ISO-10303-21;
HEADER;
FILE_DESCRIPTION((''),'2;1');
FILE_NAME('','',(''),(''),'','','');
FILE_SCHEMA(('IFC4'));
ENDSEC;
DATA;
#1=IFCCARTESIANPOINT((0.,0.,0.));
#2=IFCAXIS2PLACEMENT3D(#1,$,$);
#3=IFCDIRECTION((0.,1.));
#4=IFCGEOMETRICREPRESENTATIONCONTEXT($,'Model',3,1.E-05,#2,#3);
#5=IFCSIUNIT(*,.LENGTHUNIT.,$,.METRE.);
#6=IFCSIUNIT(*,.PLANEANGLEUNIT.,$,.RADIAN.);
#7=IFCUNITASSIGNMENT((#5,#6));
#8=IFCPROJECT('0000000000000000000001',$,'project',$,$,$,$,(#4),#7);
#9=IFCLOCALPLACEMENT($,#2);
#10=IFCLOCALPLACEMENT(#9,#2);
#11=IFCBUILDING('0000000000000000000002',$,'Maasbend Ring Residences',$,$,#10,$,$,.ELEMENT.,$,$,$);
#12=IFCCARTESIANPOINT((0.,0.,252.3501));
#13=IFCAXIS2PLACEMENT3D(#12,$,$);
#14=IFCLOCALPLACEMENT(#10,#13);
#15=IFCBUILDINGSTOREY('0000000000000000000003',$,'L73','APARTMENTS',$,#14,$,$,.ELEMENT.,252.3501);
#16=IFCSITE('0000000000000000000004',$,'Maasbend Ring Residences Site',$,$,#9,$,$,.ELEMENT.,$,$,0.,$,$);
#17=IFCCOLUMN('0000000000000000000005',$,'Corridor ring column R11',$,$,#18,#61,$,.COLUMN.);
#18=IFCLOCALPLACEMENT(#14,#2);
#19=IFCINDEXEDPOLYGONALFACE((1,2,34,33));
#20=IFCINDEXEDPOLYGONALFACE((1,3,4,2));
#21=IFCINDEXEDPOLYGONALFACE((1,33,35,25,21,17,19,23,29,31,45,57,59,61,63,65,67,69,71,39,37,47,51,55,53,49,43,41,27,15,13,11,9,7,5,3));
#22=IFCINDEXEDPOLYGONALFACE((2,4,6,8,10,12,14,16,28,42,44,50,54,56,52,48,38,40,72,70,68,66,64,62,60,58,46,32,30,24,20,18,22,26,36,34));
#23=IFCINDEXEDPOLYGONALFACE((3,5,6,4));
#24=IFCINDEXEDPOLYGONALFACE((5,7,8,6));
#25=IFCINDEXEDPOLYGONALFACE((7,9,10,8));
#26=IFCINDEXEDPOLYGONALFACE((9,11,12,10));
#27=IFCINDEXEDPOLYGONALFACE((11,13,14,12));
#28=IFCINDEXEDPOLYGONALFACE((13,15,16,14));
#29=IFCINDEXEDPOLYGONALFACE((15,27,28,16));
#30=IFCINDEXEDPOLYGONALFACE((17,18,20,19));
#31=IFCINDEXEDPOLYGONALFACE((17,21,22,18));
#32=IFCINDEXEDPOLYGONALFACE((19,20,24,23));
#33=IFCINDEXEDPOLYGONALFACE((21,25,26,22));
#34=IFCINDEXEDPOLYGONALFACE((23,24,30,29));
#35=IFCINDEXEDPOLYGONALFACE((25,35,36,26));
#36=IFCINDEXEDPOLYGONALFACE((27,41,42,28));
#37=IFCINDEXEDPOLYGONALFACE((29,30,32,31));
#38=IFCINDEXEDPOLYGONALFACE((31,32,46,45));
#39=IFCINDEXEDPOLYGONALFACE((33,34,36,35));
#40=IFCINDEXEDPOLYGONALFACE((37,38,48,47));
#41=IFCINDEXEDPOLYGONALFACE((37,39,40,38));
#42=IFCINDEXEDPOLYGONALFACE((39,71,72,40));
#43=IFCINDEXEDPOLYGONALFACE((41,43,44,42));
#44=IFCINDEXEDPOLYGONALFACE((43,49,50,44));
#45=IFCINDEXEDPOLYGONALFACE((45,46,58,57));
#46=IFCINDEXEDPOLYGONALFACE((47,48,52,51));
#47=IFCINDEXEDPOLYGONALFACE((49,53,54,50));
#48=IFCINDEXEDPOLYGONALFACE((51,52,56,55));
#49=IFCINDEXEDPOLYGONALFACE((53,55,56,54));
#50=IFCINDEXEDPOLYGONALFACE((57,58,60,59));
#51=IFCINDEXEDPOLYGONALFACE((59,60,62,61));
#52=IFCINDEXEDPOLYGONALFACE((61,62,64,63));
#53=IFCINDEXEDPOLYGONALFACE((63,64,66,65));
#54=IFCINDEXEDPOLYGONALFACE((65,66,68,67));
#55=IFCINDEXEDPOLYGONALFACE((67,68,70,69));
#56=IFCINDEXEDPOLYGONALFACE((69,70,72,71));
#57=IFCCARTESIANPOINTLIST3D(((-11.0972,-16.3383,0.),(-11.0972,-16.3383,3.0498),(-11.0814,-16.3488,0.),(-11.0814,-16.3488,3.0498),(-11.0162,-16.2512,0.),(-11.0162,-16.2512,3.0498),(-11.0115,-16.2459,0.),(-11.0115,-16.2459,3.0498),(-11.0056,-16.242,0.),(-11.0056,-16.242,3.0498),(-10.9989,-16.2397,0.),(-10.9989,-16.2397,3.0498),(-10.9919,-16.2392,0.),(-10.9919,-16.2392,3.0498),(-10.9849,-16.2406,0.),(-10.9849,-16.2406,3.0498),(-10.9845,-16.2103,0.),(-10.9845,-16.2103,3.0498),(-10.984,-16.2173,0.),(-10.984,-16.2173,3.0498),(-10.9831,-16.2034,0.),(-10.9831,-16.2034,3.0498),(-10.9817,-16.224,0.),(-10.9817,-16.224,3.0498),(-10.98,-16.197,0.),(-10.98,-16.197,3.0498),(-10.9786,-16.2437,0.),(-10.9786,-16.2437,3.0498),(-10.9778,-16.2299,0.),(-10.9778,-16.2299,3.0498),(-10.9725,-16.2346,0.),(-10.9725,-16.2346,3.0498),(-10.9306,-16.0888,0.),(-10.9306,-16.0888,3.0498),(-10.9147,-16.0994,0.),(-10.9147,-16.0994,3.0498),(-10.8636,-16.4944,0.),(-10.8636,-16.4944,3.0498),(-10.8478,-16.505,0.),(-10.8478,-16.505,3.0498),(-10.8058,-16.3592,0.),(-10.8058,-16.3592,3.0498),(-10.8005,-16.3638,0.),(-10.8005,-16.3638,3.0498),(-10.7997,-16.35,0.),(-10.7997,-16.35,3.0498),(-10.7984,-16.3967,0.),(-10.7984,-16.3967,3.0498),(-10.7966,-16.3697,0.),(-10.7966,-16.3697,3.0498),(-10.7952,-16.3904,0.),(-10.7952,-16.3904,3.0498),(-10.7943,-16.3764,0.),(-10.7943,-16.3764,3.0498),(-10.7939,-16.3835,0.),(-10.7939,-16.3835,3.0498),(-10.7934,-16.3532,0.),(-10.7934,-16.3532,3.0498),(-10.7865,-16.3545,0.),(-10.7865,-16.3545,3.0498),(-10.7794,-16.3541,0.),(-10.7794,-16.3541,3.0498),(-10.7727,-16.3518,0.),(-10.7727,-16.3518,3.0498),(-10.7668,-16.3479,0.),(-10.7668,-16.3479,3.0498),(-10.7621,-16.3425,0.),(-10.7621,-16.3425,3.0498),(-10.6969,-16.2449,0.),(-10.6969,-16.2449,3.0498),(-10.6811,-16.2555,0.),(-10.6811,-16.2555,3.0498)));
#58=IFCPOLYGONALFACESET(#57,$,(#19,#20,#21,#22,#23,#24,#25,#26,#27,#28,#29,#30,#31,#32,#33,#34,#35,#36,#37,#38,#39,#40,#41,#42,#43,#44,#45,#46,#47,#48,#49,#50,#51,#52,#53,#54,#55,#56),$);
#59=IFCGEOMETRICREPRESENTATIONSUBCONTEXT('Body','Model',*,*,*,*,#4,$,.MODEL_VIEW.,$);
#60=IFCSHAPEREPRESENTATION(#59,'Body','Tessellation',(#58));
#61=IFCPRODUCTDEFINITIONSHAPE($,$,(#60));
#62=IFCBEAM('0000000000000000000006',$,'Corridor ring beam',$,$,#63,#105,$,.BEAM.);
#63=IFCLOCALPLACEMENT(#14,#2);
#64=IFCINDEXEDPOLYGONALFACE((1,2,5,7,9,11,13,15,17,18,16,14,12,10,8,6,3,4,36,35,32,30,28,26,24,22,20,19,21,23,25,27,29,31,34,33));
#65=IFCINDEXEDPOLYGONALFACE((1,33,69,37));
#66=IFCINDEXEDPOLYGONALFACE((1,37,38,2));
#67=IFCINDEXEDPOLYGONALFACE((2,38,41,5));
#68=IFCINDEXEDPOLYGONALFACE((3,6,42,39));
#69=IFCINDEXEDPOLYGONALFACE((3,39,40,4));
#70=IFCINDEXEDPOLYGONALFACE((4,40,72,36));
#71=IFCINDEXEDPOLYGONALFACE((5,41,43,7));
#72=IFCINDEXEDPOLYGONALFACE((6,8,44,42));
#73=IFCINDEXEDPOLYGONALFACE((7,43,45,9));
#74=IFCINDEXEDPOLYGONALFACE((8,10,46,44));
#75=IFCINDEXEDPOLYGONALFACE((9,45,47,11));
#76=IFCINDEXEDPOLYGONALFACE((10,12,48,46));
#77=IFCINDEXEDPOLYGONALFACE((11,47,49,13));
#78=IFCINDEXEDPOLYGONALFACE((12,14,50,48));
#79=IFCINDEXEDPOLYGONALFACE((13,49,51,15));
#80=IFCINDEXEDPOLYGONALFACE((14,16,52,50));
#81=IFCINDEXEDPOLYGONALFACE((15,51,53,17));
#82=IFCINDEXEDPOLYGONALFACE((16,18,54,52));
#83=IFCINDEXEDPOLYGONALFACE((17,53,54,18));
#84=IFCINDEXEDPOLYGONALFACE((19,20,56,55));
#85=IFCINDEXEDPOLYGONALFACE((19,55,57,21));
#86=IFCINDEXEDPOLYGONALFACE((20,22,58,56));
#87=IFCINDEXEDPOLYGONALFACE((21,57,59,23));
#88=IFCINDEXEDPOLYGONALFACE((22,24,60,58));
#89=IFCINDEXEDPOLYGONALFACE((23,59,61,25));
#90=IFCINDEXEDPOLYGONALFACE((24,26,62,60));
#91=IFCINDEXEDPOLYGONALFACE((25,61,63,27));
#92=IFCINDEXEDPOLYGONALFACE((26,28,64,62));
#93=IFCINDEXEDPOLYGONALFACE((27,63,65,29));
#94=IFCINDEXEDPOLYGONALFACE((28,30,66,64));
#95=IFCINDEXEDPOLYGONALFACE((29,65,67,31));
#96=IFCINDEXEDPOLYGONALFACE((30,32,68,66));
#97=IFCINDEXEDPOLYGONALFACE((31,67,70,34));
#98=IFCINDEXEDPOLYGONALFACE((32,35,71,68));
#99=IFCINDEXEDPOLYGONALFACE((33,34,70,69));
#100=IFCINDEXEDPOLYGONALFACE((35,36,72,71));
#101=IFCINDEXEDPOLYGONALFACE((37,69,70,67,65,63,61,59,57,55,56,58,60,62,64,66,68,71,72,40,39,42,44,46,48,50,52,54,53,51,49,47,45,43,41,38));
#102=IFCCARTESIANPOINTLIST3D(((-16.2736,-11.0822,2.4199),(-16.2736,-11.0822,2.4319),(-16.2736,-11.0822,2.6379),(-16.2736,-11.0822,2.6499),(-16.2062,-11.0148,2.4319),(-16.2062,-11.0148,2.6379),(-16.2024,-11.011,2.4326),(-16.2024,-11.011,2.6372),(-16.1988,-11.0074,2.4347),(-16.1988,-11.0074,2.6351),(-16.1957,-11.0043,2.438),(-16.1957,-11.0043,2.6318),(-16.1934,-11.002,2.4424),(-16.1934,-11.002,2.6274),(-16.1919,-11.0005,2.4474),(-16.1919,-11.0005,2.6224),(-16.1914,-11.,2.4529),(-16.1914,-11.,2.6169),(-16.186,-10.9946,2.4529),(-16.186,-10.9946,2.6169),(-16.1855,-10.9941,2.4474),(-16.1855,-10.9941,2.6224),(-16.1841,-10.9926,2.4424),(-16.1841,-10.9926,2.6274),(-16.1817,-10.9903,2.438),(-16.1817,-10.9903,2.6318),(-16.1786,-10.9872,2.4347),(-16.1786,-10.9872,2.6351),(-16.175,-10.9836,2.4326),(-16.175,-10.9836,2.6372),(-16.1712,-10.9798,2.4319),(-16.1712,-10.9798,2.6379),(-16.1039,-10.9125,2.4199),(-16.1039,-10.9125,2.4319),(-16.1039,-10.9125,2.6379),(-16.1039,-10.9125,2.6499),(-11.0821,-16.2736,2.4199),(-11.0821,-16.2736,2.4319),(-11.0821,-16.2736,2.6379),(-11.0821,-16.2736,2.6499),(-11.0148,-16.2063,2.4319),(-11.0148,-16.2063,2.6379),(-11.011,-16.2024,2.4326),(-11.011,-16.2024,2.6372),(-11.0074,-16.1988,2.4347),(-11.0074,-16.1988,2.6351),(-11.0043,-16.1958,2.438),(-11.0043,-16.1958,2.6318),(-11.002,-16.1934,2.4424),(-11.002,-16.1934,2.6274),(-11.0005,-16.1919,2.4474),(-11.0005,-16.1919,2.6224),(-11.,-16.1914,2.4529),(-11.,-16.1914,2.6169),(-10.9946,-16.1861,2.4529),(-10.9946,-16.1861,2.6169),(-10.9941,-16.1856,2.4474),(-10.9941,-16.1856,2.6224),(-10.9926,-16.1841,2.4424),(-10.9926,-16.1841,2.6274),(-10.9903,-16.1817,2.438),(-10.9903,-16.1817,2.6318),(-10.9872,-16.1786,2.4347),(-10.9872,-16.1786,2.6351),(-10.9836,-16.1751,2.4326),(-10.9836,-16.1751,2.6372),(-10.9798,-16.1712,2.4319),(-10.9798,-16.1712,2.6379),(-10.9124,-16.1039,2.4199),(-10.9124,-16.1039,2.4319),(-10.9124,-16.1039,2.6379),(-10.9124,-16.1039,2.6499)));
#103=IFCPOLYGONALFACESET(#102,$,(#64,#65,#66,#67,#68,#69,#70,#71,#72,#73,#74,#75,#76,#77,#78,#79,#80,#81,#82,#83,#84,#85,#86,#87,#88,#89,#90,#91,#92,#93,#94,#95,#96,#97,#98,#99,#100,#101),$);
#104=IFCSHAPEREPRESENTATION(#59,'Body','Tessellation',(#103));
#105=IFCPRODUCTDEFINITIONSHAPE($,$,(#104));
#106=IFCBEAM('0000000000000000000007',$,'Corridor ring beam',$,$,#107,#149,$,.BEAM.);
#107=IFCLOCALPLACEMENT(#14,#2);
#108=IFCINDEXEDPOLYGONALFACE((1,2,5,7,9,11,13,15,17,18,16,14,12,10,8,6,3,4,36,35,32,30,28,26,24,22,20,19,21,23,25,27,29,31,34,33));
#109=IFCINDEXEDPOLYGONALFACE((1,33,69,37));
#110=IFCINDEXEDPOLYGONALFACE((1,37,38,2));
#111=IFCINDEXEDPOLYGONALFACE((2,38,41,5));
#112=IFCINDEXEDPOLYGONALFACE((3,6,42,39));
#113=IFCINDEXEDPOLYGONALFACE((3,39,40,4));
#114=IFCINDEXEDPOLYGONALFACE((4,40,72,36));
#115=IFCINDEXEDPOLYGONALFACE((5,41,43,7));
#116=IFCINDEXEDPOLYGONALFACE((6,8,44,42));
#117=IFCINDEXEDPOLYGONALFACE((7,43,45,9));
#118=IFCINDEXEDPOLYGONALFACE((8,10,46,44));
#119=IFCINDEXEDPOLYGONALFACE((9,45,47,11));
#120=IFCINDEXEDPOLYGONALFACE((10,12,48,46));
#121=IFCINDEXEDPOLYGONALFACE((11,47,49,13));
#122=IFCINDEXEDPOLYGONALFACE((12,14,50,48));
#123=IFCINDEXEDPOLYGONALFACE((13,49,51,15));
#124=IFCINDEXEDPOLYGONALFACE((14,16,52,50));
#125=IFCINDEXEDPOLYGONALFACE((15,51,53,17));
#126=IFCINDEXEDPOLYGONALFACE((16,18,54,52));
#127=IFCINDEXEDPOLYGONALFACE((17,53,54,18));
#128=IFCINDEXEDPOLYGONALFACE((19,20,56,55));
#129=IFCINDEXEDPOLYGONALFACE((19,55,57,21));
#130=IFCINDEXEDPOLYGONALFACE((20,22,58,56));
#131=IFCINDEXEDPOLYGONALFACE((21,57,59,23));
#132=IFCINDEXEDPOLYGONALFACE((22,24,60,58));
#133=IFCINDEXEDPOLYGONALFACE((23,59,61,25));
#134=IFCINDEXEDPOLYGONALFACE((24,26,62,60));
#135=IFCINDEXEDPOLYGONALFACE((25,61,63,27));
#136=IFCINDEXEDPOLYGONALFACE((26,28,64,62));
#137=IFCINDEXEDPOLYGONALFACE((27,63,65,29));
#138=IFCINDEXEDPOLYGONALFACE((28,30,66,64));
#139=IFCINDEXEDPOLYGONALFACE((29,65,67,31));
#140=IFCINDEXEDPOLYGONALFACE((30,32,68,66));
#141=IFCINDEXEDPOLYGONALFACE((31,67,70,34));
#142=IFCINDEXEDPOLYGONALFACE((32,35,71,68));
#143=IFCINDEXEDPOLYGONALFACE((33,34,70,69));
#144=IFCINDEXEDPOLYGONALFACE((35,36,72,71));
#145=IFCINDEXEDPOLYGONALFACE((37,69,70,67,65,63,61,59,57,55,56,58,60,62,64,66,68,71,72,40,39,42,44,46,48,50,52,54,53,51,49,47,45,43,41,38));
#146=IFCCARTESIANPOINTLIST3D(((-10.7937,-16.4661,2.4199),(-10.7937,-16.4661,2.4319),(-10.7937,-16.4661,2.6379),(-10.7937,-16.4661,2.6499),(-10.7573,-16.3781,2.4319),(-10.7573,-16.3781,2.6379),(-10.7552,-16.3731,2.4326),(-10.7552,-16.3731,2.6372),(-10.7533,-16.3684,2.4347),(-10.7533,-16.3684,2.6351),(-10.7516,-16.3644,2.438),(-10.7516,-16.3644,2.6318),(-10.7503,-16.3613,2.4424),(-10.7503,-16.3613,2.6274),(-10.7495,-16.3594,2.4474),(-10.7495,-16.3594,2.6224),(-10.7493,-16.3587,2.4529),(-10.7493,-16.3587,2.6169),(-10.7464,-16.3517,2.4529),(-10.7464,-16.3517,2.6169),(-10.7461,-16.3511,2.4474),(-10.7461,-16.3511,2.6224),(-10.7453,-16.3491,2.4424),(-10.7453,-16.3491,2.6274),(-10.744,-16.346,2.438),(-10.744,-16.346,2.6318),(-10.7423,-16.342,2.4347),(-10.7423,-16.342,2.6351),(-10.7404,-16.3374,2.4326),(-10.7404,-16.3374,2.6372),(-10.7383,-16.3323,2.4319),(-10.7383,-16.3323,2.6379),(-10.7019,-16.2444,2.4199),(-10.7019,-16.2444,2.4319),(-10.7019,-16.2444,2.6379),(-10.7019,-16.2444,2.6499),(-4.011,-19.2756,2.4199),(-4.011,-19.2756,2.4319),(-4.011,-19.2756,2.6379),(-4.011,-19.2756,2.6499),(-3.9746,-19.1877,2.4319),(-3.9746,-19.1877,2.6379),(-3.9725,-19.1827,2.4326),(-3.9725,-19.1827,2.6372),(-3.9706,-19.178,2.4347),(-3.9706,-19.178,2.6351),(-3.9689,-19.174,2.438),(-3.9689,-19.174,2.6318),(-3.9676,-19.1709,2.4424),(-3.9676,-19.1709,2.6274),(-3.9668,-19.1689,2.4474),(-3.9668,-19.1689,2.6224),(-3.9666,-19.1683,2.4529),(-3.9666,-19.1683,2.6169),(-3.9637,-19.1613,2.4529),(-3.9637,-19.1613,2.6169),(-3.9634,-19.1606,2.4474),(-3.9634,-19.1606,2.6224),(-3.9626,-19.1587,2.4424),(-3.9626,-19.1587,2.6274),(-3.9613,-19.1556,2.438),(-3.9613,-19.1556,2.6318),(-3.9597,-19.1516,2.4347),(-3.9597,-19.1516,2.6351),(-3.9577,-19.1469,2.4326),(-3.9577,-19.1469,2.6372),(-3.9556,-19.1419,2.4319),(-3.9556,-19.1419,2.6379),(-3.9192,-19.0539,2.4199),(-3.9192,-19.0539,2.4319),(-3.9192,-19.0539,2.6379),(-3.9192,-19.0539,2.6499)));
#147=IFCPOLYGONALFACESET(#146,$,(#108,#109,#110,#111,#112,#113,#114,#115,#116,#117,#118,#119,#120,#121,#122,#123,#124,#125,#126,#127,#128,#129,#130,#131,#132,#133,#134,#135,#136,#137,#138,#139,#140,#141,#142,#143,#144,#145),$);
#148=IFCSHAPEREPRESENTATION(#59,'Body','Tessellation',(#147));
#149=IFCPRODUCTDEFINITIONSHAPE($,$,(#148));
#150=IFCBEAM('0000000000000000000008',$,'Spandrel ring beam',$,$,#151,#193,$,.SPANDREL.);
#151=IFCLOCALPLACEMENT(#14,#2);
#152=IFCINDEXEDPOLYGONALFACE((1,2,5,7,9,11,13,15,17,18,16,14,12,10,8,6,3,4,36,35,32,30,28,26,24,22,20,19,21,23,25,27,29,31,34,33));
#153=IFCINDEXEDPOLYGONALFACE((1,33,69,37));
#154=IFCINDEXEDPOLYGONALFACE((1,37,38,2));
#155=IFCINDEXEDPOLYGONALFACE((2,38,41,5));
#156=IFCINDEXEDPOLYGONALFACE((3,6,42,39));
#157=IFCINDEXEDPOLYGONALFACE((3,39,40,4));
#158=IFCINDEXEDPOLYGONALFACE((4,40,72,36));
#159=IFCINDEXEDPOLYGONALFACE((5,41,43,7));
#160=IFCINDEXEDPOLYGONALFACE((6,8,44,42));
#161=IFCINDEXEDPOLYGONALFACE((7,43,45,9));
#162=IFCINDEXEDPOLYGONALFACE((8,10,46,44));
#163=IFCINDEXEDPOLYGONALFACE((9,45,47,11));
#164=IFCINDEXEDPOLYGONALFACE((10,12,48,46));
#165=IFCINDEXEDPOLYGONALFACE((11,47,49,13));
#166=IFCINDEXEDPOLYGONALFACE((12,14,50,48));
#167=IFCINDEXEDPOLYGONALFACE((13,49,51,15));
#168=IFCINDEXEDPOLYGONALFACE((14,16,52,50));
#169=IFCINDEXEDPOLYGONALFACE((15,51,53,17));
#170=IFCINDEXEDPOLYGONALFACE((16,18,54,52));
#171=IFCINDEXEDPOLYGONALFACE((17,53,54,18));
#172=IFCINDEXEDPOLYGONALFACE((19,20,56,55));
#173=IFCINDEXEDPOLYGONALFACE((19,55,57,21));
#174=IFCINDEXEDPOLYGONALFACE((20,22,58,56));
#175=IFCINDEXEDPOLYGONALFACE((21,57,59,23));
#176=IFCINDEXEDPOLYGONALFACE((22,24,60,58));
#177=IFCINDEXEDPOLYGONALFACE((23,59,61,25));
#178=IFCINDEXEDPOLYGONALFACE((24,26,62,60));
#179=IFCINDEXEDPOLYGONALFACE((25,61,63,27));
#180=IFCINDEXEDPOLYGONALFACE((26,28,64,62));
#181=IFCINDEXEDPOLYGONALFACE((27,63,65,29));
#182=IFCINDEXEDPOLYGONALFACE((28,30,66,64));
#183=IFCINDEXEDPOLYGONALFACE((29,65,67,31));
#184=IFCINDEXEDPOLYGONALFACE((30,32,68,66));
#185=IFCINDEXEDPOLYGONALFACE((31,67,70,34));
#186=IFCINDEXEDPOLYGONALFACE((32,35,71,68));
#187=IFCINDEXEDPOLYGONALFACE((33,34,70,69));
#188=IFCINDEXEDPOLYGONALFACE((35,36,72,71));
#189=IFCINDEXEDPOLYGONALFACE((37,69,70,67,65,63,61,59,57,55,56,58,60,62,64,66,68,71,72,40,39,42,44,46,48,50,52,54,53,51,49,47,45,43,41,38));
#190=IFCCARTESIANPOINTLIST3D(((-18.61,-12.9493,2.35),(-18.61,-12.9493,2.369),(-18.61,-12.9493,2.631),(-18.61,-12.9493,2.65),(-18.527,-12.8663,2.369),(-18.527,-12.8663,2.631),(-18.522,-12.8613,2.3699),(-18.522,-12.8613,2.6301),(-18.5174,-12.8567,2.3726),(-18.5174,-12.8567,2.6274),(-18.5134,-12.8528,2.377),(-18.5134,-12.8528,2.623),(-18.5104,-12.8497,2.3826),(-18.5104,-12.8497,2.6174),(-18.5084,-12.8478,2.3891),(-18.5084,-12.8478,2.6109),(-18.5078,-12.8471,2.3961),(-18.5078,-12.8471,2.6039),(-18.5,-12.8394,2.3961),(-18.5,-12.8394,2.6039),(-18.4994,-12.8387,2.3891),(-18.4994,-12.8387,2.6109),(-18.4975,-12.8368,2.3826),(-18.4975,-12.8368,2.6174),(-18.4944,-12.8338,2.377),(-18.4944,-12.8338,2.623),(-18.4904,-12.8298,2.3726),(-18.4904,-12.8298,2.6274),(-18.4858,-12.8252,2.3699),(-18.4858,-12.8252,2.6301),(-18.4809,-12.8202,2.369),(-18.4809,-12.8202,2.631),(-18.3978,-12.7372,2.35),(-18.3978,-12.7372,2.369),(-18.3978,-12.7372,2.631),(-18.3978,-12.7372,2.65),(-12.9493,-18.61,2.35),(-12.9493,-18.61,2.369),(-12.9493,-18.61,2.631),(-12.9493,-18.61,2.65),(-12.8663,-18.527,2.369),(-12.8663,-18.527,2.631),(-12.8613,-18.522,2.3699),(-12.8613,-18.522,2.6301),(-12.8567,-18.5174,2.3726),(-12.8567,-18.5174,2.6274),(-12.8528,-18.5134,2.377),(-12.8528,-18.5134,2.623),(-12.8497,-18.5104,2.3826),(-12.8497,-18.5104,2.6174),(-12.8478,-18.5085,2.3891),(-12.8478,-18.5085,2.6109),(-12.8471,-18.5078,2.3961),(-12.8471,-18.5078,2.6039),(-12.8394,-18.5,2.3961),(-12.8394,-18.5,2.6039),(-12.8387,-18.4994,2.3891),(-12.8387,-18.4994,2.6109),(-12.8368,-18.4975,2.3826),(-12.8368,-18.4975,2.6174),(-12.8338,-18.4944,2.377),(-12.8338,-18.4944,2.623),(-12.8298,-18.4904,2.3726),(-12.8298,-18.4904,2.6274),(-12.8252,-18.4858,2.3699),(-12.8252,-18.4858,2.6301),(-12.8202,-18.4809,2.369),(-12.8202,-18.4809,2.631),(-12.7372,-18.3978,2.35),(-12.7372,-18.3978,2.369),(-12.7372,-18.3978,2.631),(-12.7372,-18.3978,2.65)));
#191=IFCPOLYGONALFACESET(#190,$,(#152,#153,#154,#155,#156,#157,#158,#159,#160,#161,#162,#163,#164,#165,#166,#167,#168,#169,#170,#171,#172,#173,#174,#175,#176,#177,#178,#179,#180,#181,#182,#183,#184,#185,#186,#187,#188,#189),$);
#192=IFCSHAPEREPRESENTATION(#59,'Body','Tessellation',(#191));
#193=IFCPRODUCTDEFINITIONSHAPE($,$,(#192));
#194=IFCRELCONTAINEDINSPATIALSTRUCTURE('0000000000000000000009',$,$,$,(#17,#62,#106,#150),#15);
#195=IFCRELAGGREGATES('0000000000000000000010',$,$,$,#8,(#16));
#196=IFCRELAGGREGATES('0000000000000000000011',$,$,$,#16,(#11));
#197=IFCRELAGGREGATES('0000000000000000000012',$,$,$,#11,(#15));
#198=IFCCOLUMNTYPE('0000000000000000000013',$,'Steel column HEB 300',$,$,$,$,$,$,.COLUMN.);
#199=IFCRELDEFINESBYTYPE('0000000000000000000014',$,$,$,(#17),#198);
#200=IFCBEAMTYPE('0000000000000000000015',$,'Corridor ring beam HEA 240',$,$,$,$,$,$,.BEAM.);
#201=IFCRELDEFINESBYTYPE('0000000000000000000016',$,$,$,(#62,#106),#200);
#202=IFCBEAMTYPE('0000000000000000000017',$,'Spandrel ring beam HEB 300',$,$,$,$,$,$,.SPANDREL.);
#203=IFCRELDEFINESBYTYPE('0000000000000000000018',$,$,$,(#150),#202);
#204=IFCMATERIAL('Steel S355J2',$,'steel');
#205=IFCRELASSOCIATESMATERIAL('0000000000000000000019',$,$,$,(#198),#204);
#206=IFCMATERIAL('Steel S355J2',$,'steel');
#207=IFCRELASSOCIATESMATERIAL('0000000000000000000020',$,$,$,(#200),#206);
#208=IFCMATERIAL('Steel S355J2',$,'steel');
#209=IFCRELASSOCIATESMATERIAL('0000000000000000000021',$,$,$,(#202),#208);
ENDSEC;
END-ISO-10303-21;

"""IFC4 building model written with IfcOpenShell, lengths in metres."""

from ifc_helpers import new_model, si_unit, direction, frame, origin, origin_2d, place, context, subcontext, project, spatial, i_section, extrude, material, material_profile, profile_set, type_object, element, save


model = new_model("IFC4")

# Units and contexts
model_context = context("Model", 3, precision=1e-05, world=origin(), true_north=direction((0.0, 1.0)))
body_context = subcontext(model_context, "Body", "Model", "MODEL_VIEW")
ifc_project = project(units=[si_unit("LENGTHUNIT", "METRE"), si_unit("PLANEANGLEUNIT", "RADIAN")], contexts=[model_context])

# Site, building, storey
site_placement = place(None, origin())
site = spatial("IfcSite", under=ifc_project, at=site_placement, Name="Maasbend Ring Residences Site", CompositionType="ELEMENT", RefElevation=0.0)
building_placement = place(site_placement, origin())
building = spatial("IfcBuilding", under=site, at=building_placement, Name="Maasbend Ring Residences", CompositionType="ELEMENT")
storey_placement = place(building_placement, frame((0.0, 0.0, 252.3501)))
storey = spatial("IfcBuildingStorey", under=building, at=storey_placement, Name="L73", Description="APARTMENTS", CompositionType="ELEMENT", Elevation=252.3501)

# Column
ifc_material_1 = material(Name="Steel S355J2", Category="steel")
ifc_material_profile_1 = material_profile(ifc_material_1, i_section(OverallWidth=0.3, OverallDepth=0.3, WebThickness=0.011, FlangeThickness=0.019, FilletRadius=0.0271, at=origin_2d()), Name="HEB 300")
ifc_profile_set_1 = profile_set([ifc_material_profile_1], Name="Steel S355J2")
column_type_1 = type_object("IfcColumnType", Name="Steel column HEB 300", PredefinedType="COLUMN", material=ifc_profile_set_1)
for number, where, z_axis, x_axis, name in (
    (1, (-10.8892, -16.2969, 0.0), (0.0, 0.0, 1.0), (-0.55557, -0.83147, 0.0), "Corridor ring column R11"),
):
    element("IfcColumn", number, at=place(storey_placement, frame(where, z_axis=z_axis, x_axis=x_axis)), inside=storey, type_object=column_type_1, Name=name, PredefinedType="COLUMN", context=body_context, shape_type="SweptSolid", body=[
        extrude(i_section(OverallWidth=0.3, OverallDepth=0.3, WebThickness=0.011, FlangeThickness=0.019, FilletRadius=0.0271, at=origin_2d()), origin(), (0.0, 0.0, 1.0), 3.0498),
    ])

# Beams
ifc_material_2 = material(Name="Steel S355J2", Category="steel")
ifc_material_profile_2 = material_profile(ifc_material_2, i_section(OverallWidth=0.24, OverallDepth=0.23, WebThickness=0.0076, FlangeThickness=0.012, FilletRadius=0.021, at=origin_2d()), Name="HEA 240")
ifc_profile_set_2 = profile_set([ifc_material_profile_2], Name="Steel S355J2")
beam_type_1 = type_object("IfcBeamType", Name="Corridor ring beam HEA 240", PredefinedType="BEAM", material=ifc_profile_set_2)
beam_1_placement = place(storey_placement, frame((-16.1887, -10.9973, 2.5349), z_axis=(0.707107, -0.707107, 0.0), x_axis=(0.707107, 0.707107, 0.0)))
element("IfcBeam", 2, at=beam_1_placement, inside=storey, type_object=beam_type_1, Name="Corridor ring beam", PredefinedType="BEAM", context=body_context, shape_type="SweptSolid", body=[
    extrude(i_section(OverallWidth=0.24, OverallDepth=0.23, WebThickness=0.0076, FlangeThickness=0.012, FilletRadius=0.021, at=origin_2d()), origin(), (0.0, 0.0, 1.0), 7.3418),
])
beam_2_placement = place(storey_placement, frame((-10.7478, -16.3552, 2.5349), z_axis=(0.923876, -0.382692, 0.0), x_axis=(0.382692, 0.923876, 0.0)))
element("IfcBeam", 3, at=beam_2_placement, inside=storey, type_object=beam_type_1, Name="Corridor ring beam", PredefinedType="BEAM", context=body_context, shape_type="SweptSolid", body=[
    extrude(i_section(OverallWidth=0.24, OverallDepth=0.23, WebThickness=0.0076, FlangeThickness=0.012, FilletRadius=0.021, at=origin_2d()), origin(), (0.0, 0.0, 1.0), 7.3416),
])
ifc_material_3 = material(Name="Steel S355J2", Category="steel")
ifc_material_profile_3 = material_profile(ifc_material_3, i_section(OverallWidth=0.3, OverallDepth=0.3, WebThickness=0.011, FlangeThickness=0.019, FilletRadius=0.0271, at=origin_2d()), Name="HEB 300")
ifc_profile_set_3 = profile_set([ifc_material_profile_3], Name="Steel S355J2")
beam_type_2 = type_object("IfcBeamType", Name="Spandrel ring beam HEB 300", PredefinedType="SPANDREL", material=ifc_profile_set_3)
beam_3_placement = place(storey_placement, frame((-18.5039, -12.8433, 2.5), z_axis=(0.707107, -0.707107, 0.0), x_axis=(0.707107, 0.707107, 0.0)))
element("IfcBeam", 4, at=beam_3_placement, inside=storey, type_object=beam_type_2, Name="Spandrel ring beam", PredefinedType="SPANDREL", context=body_context, shape_type="SweptSolid", body=[
    extrude(i_section(OverallWidth=0.3, OverallDepth=0.3, WebThickness=0.011, FlangeThickness=0.019, FilletRadius=0.0271, at=origin_2d()), origin(), (0.0, 0.0, 1.0), 8.0054),
])

save(model, "model.ifc")
